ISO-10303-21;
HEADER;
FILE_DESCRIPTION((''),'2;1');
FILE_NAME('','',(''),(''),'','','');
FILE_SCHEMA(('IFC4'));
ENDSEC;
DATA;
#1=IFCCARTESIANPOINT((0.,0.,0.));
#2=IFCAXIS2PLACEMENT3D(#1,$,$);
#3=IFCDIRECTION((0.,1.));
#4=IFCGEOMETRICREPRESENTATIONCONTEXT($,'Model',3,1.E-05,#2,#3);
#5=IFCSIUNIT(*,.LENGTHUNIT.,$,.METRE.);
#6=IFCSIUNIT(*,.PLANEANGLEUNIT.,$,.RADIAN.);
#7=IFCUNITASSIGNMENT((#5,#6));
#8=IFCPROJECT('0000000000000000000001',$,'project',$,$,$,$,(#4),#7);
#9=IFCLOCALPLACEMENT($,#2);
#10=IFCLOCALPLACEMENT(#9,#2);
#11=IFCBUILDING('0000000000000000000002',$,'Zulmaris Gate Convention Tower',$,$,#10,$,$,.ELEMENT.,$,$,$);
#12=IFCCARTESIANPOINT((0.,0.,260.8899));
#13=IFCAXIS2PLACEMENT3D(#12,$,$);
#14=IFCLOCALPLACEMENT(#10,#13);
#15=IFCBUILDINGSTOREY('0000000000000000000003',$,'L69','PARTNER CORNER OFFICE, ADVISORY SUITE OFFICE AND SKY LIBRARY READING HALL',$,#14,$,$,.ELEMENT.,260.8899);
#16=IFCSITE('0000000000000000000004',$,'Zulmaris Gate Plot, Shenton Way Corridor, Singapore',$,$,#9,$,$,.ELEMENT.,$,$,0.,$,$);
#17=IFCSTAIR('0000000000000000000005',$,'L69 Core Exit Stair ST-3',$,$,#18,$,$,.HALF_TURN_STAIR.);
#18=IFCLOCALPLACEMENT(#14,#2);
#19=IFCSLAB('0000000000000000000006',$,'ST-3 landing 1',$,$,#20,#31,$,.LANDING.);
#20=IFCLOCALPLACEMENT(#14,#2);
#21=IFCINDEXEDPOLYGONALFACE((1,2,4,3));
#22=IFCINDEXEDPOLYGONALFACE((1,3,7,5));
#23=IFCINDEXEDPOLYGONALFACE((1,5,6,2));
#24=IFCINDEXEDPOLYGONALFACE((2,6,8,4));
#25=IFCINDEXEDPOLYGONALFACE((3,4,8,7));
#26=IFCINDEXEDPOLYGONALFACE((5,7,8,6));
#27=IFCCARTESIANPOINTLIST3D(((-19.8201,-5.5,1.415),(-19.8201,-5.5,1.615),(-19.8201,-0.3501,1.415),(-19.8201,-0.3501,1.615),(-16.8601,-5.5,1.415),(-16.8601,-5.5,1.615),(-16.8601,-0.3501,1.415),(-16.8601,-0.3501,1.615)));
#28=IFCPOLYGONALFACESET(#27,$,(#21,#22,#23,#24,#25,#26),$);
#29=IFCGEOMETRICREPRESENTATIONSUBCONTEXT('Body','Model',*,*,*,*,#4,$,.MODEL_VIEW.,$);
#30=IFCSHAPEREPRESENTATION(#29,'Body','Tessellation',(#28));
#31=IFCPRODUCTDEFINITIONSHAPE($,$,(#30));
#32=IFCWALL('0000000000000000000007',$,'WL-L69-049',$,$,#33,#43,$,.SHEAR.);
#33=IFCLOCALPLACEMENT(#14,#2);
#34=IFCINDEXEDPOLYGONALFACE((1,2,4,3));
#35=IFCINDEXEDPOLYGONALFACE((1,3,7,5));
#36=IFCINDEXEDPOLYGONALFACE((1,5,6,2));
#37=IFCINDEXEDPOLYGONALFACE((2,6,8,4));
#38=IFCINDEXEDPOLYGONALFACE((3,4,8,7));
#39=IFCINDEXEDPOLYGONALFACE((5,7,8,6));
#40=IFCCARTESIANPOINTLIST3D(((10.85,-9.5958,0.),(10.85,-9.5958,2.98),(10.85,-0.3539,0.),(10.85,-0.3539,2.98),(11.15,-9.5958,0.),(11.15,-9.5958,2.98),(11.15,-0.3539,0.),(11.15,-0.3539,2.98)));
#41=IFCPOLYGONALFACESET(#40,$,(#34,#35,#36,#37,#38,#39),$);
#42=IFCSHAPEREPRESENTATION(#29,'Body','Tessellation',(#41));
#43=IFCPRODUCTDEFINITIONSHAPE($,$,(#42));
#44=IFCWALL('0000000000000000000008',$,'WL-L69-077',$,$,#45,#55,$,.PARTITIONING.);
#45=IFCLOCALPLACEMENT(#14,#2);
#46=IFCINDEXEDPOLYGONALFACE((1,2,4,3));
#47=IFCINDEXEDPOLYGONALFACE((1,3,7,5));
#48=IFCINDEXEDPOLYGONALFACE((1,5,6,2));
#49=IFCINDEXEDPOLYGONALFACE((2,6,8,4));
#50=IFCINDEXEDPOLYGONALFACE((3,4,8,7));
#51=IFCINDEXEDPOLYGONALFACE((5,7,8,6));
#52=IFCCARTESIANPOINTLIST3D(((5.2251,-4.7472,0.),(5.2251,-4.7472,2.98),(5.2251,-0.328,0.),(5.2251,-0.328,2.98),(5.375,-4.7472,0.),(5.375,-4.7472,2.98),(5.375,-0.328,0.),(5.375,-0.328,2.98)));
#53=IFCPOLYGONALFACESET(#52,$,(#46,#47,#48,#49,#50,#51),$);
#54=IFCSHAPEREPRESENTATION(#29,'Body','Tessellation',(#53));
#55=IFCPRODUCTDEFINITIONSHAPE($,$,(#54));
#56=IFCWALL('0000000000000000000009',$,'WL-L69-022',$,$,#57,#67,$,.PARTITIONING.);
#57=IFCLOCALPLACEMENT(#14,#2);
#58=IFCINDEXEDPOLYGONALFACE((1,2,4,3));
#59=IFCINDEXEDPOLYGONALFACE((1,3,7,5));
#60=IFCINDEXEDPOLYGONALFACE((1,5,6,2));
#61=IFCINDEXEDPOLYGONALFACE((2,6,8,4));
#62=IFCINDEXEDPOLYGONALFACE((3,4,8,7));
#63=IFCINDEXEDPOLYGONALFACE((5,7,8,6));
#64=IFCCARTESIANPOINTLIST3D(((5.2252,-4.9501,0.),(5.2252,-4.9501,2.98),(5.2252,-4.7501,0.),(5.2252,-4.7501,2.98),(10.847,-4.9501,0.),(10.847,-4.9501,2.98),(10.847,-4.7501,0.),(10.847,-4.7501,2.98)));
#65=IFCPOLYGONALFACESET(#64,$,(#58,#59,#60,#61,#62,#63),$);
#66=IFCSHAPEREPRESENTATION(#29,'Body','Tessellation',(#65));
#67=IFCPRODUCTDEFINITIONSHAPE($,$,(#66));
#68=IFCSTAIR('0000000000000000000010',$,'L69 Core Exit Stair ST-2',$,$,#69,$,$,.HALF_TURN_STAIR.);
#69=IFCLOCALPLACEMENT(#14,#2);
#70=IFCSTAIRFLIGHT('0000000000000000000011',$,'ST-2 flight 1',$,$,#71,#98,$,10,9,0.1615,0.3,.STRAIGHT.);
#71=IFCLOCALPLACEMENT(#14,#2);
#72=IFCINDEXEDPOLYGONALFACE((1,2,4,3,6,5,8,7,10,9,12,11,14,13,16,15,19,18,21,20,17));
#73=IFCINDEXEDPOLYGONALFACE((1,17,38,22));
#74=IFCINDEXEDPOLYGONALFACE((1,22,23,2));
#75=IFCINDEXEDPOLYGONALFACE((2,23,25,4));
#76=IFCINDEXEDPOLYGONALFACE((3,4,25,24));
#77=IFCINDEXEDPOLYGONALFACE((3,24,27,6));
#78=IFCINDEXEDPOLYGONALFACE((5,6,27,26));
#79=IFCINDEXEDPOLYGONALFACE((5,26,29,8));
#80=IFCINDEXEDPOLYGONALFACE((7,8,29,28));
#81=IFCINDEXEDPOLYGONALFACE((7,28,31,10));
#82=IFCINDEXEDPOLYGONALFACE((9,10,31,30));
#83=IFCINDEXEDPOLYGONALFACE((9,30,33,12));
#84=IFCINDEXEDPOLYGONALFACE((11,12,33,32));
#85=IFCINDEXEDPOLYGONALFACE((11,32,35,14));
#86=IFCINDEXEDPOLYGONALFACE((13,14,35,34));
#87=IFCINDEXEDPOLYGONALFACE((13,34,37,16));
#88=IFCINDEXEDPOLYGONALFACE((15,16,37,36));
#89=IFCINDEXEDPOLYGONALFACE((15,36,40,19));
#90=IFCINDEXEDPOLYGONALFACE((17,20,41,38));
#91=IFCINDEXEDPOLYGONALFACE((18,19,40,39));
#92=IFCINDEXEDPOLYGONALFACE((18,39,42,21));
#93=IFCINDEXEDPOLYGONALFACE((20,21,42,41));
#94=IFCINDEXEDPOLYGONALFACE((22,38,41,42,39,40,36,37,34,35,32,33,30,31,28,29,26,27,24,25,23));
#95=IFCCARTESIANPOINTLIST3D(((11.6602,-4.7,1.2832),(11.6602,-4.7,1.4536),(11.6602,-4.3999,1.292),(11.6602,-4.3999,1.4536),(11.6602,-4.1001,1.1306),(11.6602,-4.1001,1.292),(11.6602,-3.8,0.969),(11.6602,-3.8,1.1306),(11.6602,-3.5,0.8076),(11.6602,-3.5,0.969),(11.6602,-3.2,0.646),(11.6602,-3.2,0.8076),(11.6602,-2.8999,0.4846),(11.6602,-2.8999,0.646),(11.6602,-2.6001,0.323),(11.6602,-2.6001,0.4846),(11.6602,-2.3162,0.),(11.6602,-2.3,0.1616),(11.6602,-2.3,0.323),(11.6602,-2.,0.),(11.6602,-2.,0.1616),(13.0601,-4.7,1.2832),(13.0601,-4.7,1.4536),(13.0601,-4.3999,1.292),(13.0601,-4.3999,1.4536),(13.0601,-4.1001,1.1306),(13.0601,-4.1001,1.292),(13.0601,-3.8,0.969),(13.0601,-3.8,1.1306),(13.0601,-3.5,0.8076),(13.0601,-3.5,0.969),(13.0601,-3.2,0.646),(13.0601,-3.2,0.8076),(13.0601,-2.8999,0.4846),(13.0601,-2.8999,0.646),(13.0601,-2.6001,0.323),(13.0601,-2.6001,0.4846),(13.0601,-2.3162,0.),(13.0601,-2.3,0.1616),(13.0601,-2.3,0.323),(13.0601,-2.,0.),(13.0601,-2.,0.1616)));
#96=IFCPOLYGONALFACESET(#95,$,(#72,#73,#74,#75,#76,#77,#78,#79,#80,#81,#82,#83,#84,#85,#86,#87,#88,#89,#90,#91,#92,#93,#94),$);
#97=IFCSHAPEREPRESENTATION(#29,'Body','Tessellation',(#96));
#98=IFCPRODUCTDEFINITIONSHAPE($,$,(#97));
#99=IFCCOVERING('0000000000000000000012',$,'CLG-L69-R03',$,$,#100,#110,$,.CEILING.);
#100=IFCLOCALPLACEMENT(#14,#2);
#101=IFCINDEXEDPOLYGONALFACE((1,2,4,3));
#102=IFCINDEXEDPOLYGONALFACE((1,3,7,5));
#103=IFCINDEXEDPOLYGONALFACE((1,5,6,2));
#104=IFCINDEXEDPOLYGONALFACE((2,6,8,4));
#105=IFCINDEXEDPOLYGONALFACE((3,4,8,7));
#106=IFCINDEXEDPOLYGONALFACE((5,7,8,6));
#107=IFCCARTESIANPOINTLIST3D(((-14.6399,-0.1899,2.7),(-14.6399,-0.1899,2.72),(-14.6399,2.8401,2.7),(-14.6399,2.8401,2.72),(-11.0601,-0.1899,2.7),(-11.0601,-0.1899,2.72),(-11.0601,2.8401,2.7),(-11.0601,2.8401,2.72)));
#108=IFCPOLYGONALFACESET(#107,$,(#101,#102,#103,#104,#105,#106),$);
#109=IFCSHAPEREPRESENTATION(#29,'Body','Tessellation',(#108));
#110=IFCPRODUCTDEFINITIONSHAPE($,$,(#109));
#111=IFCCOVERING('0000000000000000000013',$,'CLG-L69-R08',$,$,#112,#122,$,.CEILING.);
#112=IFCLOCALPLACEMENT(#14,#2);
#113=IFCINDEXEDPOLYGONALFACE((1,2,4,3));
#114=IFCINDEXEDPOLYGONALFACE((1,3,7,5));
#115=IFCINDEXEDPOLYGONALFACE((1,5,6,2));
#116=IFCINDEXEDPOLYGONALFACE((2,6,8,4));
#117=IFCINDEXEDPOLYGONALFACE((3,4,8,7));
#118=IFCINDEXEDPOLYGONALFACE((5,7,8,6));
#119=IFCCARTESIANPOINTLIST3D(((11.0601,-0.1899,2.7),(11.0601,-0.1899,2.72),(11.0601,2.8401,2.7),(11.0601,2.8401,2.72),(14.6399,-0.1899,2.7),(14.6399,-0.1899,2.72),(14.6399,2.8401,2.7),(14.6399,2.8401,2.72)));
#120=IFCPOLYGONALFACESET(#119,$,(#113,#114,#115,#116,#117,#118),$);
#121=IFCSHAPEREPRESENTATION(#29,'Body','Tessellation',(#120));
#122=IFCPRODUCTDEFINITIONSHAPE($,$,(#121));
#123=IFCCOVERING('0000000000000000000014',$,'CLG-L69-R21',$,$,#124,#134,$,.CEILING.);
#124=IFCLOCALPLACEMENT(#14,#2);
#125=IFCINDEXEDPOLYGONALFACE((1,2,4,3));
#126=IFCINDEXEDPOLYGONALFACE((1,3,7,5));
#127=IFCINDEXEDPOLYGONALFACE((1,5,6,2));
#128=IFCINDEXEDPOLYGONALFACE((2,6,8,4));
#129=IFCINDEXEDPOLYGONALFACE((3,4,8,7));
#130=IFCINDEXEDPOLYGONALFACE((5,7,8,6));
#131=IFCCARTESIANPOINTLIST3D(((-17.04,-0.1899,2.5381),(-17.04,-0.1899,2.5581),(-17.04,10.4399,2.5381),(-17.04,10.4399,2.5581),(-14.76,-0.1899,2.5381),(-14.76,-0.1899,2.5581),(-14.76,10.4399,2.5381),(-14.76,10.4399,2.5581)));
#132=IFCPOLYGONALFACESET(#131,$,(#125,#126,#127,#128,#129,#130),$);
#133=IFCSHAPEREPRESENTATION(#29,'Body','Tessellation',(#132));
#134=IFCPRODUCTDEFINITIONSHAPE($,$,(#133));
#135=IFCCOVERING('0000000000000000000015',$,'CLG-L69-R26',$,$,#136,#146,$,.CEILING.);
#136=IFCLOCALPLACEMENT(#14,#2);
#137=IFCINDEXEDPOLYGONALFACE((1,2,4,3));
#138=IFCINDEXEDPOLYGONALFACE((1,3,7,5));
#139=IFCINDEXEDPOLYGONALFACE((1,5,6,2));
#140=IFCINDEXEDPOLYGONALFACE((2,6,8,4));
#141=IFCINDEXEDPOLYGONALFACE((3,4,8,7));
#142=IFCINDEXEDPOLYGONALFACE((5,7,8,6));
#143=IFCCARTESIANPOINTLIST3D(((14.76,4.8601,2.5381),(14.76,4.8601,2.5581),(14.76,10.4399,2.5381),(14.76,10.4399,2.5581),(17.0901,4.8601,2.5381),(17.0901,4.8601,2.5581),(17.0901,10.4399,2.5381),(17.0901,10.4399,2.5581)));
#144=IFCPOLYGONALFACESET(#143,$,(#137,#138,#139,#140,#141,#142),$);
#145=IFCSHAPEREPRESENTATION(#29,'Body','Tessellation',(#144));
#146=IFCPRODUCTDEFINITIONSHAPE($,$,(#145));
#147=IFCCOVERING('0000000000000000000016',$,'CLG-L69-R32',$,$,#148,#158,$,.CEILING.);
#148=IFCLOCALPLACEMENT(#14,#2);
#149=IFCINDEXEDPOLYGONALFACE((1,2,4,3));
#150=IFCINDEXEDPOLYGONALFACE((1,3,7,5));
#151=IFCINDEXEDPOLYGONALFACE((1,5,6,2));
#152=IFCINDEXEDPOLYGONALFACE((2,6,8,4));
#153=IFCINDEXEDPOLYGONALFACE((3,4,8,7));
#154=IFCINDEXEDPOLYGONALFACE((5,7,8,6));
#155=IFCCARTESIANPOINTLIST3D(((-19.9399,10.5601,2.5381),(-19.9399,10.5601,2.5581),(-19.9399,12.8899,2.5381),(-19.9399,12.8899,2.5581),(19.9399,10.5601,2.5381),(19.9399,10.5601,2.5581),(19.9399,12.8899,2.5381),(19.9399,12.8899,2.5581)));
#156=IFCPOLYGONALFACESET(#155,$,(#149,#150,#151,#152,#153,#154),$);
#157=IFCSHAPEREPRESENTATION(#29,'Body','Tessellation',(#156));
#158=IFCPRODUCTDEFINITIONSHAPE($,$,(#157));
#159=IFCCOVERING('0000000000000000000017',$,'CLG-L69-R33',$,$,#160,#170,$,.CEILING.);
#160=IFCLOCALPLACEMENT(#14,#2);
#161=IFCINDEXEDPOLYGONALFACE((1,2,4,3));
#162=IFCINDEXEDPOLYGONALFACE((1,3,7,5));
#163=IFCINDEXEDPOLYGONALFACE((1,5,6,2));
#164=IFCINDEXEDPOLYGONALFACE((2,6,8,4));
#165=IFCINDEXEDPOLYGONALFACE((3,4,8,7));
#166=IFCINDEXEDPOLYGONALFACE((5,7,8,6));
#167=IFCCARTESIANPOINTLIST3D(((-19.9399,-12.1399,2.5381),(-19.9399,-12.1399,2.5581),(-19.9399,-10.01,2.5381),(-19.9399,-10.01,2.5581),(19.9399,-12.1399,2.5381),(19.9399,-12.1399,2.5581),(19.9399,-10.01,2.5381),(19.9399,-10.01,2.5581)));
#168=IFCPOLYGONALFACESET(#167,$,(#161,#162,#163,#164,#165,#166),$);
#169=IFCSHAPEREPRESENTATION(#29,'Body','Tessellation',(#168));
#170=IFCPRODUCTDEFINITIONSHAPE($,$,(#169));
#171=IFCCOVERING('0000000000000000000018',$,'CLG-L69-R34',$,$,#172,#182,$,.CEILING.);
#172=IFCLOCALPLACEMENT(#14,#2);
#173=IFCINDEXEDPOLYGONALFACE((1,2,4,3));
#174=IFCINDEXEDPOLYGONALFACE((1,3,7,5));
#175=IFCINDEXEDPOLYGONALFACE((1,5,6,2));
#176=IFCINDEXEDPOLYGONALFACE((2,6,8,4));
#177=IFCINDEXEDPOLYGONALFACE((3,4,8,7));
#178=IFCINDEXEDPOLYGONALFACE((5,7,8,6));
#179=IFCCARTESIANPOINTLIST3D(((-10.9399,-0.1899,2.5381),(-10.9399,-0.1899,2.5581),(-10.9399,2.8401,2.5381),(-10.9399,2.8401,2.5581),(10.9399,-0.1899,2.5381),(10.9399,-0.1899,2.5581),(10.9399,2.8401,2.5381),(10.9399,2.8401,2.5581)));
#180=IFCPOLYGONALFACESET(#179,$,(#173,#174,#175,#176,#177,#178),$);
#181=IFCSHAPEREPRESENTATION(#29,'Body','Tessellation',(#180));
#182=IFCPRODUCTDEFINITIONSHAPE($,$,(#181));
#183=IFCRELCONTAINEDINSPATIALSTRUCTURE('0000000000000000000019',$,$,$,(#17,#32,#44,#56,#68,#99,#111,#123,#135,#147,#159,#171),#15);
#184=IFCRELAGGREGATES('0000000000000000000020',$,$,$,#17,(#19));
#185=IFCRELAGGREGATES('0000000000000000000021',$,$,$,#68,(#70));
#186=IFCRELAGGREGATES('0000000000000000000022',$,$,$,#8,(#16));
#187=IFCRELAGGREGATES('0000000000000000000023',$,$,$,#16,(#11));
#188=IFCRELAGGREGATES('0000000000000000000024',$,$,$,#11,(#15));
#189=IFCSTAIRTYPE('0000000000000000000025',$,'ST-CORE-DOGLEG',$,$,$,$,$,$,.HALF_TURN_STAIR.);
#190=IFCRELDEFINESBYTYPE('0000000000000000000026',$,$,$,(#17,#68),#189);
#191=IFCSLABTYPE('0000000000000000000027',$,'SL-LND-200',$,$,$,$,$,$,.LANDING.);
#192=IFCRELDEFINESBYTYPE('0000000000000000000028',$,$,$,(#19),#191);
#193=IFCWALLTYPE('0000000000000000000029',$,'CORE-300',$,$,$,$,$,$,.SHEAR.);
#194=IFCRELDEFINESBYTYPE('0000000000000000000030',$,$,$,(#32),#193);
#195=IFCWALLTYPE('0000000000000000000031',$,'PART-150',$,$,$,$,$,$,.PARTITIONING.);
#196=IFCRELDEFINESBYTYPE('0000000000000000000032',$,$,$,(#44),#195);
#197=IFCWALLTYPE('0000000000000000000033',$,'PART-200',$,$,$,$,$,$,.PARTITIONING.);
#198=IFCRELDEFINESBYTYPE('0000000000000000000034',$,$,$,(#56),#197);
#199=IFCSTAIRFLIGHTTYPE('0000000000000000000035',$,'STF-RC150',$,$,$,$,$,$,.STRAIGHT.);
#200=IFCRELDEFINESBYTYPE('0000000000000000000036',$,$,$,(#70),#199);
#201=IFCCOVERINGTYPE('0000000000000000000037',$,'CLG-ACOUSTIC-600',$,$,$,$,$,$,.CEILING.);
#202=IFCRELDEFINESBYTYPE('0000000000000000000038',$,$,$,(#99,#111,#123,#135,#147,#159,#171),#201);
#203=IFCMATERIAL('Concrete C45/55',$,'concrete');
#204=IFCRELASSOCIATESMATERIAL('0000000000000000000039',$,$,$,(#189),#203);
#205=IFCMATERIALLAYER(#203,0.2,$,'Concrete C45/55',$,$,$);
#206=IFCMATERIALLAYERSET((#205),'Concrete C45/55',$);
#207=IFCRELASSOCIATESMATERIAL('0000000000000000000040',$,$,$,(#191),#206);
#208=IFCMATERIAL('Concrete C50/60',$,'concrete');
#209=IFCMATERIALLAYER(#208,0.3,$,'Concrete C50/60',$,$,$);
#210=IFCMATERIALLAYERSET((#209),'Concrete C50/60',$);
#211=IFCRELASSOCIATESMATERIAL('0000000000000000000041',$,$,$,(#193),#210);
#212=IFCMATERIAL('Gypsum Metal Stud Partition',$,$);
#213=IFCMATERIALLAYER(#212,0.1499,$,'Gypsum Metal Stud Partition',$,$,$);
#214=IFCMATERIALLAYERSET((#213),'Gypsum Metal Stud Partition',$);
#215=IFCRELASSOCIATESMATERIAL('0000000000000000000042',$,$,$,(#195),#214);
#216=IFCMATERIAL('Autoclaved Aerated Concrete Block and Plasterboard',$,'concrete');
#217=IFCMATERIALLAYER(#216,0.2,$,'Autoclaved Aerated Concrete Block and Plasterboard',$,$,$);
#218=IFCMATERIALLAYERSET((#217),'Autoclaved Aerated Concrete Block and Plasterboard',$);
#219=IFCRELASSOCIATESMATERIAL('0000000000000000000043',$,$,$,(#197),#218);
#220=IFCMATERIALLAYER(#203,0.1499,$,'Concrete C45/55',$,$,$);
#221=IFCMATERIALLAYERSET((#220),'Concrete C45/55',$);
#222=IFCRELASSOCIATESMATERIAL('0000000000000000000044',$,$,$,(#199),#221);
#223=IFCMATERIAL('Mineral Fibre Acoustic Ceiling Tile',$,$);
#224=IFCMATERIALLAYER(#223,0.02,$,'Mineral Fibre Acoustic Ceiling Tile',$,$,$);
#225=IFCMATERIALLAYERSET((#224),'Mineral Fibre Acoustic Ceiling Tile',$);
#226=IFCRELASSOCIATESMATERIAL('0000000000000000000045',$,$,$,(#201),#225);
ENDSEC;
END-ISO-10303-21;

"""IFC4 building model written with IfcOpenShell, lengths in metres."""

from ifc_helpers import new_model, si_unit, direction, frame, frame_2d, origin, place, context, subcontext, project, spatial, polyline, rectangle, outline, extrude, material, layer, layer_set, type_object, element, aggregate, save


model = new_model("IFC4")

# Units and contexts
model_context = context("Model", 3, precision=1e-05, world=origin(), true_north=direction((0.0, 1.0)))
body_context = subcontext(model_context, "Body", "Model", "MODEL_VIEW")
ifc_project = project(units=[si_unit("LENGTHUNIT", "METRE"), si_unit("PLANEANGLEUNIT", "RADIAN")], contexts=[model_context])

# Site, building, storey
site_placement = place(None, origin())
site = spatial("IfcSite", under=ifc_project, at=site_placement, Name="Zulmaris Gate Plot, Shenton Way Corridor, Singapore", CompositionType="ELEMENT", RefElevation=0.0)
building_placement = place(site_placement, origin())
building = spatial("IfcBuilding", under=site, at=building_placement, Name="Zulmaris Gate Convention Tower", CompositionType="ELEMENT")
storey_placement = place(building_placement, frame((0.0, 0.0, 260.8899)))
storey = spatial("IfcBuildingStorey", under=building, at=storey_placement, Name="L69", Description="PARTNER CORNER OFFICE, ADVISORY SUITE OFFICE AND SKY LIBRARY READING HALL", CompositionType="ELEMENT", Elevation=260.8899)

# Stair, slab
ifc_material_1 = material(Name="Concrete C45/55", Category="concrete")
stair_type = type_object("IfcStairType", Name="ST-CORE-DOGLEG", PredefinedType="HALF_TURN_STAIR", material=ifc_material_1)
stair_1_placement = place(storey_placement, origin())
stair_1 = element("IfcStair", 1, at=stair_1_placement, inside=storey, type_object=stair_type, Name="L69 Core Exit Stair ST-3", PredefinedType="HALF_TURN_STAIR")
ifc_layer_1 = layer(ifc_material_1, 0.2, Name="Concrete C45/55")
ifc_layer_set_1 = layer_set([ifc_layer_1], Name="Concrete C45/55")
slab_type = type_object("IfcSlabType", Name="SL-LND-200", PredefinedType="LANDING", material=ifc_layer_set_1)
slab_placement = place(storey_placement, frame((0.0, 0.0, 1.415)))
slab = element("IfcSlab", 2, at=slab_placement, type_object=slab_type, Name="ST-3 landing 1", PredefinedType="LANDING", context=body_context, shape_type="SweptSolid", body=[
    extrude(outline(polyline([(-16.8601, -5.5), (-16.8601, -0.3501), (-19.8201, -0.3501), (-19.8201, -5.5), (-16.8601, -5.5)])), origin(), (0.0, 0.0, 1.0), 0.2),
])
aggregate(stair_1, [slab])

# Shared definitions
ifc_material_2 = material(Name="Concrete C50/60", Category="concrete")
ifc_layer_2 = layer(ifc_material_2, 0.3, Name="Concrete C50/60")
ifc_layer_set_2 = layer_set([ifc_layer_2], Name="Concrete C50/60")
wall_type_1 = type_object("IfcWallType", Name="CORE-300", PredefinedType="SHEAR", material=ifc_layer_set_2)

# Walls
wall_1_placement = place(storey_placement, frame((11.0, -9.5959, 0.0), z_axis=(0.0, 0.0, 1.0), x_axis=(0.0, 1.0, 0.0)))
element("IfcWall", 3, at=wall_1_placement, inside=storey, type_object=wall_type_1, Name="WL-L69-049", PredefinedType="SHEAR", context=body_context, shape_type="SweptSolid", body=[
    extrude(rectangle(XDim=9.2419, YDim=0.3, at=frame_2d((4.6211, 0.0))), origin(), (0.0, 0.0, 1.0), 2.98),
])
ifc_material_3 = material(Name="Gypsum Metal Stud Partition")
ifc_layer_3 = layer(ifc_material_3, 0.1499, Name="Gypsum Metal Stud Partition")
ifc_layer_set_3 = layer_set([ifc_layer_3], Name="Gypsum Metal Stud Partition")
wall_type_2 = type_object("IfcWallType", Name="PART-150", PredefinedType="PARTITIONING", material=ifc_layer_set_3)
wall_2_placement = place(storey_placement, frame((5.3, -4.7471, 0.0), z_axis=(0.0, 0.0, 1.0), x_axis=(0.0, 1.0, 0.0)))
element("IfcWall", 4, at=wall_2_placement, inside=storey, type_object=wall_type_2, Name="WL-L69-077", PredefinedType="PARTITIONING", context=body_context, shape_type="SweptSolid", body=[
    extrude(rectangle(XDim=4.4192, YDim=0.1499, at=frame_2d((2.2095, 0.0))), origin(), (0.0, 0.0, 1.0), 2.98),
])
ifc_material_4 = material(Name="Autoclaved Aerated Concrete Block and Plasterboard", Category="concrete")
ifc_layer_4 = layer(ifc_material_4, 0.2, Name="Autoclaved Aerated Concrete Block and Plasterboard")
ifc_layer_set_4 = layer_set([ifc_layer_4], Name="Autoclaved Aerated Concrete Block and Plasterboard")
wall_type_3 = type_object("IfcWallType", Name="PART-200", PredefinedType="PARTITIONING", material=ifc_layer_set_4)
wall_3_placement = place(storey_placement, frame((5.2251, -4.8501, 0.0), z_axis=(0.0, 0.0, 1.0), x_axis=(1.0, 0.0, 0.0)))
element("IfcWall", 5, at=wall_3_placement, inside=storey, type_object=wall_type_3, Name="WL-L69-022", PredefinedType="PARTITIONING", context=body_context, shape_type="SweptSolid", body=[
    extrude(rectangle(XDim=5.6218, YDim=0.2, at=frame_2d((2.811, 0.0))), origin(), (0.0, 0.0, 1.0), 2.98),
])

# Stair, stair flight
stair_2_placement = place(storey_placement, origin())
stair_2 = element("IfcStair", 6, at=stair_2_placement, inside=storey, type_object=stair_type, Name="L69 Core Exit Stair ST-2", PredefinedType="HALF_TURN_STAIR")
ifc_layer_5 = layer(ifc_material_1, 0.1499, Name="Concrete C45/55")
ifc_layer_set_5 = layer_set([ifc_layer_5], Name="Concrete C45/55")
stair_flight_type = type_object("IfcStairFlightType", Name="STF-RC150", PredefinedType="STRAIGHT", material=ifc_layer_set_5)
stair_flight_placement = place(storey_placement, frame((12.3601, -2.0, 0.0), z_axis=(0.0, 0.0, 1.0), x_axis=(0.0, -1.0, 0.0)))
stair_flight = element("IfcStairFlight", 7, at=stair_flight_placement, type_object=stair_flight_type, Name="ST-2 flight 1", NumberOfRisers=10, NumberOfTreads=9, PredefinedType="STRAIGHT", RiserHeight=0.1615, TreadLength=0.3, context=body_context, shape_type="SweptSolid", body=[
    extrude(outline(polyline([(0.0, 0.0), (0.0, 0.1616), (0.3, 0.1616), (0.3, 0.323), (0.6001, 0.323), (0.6001, 0.4846), (0.8999, 0.4846), (0.8999, 0.646), (1.2, 0.646), (1.2, 0.8076), (1.5, 0.8076), (1.5, 0.969), (1.8, 0.969), (1.8, 1.1306), (2.1001, 1.1306), (2.1001, 1.292), (2.3999, 1.292), (2.3999, 1.4536), (2.7, 1.4536), (2.7, 1.615), (2.7, 1.2832), (0.3162, 0.0), (0.0, 0.0)])), frame((0.0, 0.7, 0.0), z_axis=(0.0, -1.0, 0.0), x_axis=(1.0, 0.0, 0.0)), (0.0, 0.0, 1.0), 1.3999),
])
aggregate(stair_2, [stair_flight])

# Coverings
ifc_material_5 = material(Name="Mineral Fibre Acoustic Ceiling Tile")
ifc_layer_6 = layer(ifc_material_5, 0.02, Name="Mineral Fibre Acoustic Ceiling Tile")
ifc_layer_set_6 = layer_set([ifc_layer_6], Name="Mineral Fibre Acoustic Ceiling Tile")
covering_type_1 = type_object("IfcCoveringType", Name="CLG-ACOUSTIC-600", PredefinedType="CEILING", material=ifc_layer_set_6)
covering_1_placement = place(storey_placement, frame((0.0, 0.0, 2.7)))
element("IfcCovering", 8, at=covering_1_placement, inside=storey, type_object=covering_type_1, Name="CLG-L69-R03", PredefinedType="CEILING", context=body_context, shape_type="SweptSolid", body=[
    extrude(outline(polyline([(-14.6399, -0.1899), (-11.0601, -0.1899), (-11.0601, 2.8401), (-14.6399, 2.8401), (-14.6399, -0.1899)])), origin(), (0.0, 0.0, 1.0), 0.02),
])
covering_2_placement = place(storey_placement, frame((0.0, 0.0, 2.7)))
element("IfcCovering", 9, at=covering_2_placement, inside=storey, type_object=covering_type_1, Name="CLG-L69-R08", PredefinedType="CEILING", context=body_context, shape_type="SweptSolid", body=[
    extrude(outline(polyline([(11.0601, -0.1899), (14.6399, -0.1899), (14.6399, 2.8401), (11.0601, 2.8401), (11.0601, -0.1899)])), origin(), (0.0, 0.0, 1.0), 0.02),
])
covering_3_placement = place(storey_placement, frame((0.0, 0.0, 2.5381)))
element("IfcCovering", 10, at=covering_3_placement, inside=storey, type_object=covering_type_1, Name="CLG-L69-R21", PredefinedType="CEILING", context=body_context, shape_type="SweptSolid", body=[
    extrude(outline(polyline([(-17.04, -0.1899), (-14.76, -0.1899), (-14.76, 10.4399), (-17.04, 10.4399), (-17.04, -0.1899)])), origin(), (0.0, 0.0, 1.0), 0.02),
])
covering_4_placement = place(storey_placement, frame((0.0, 0.0, 2.5381)))
element("IfcCovering", 11, at=covering_4_placement, inside=storey, type_object=covering_type_1, Name="CLG-L69-R26", PredefinedType="CEILING", context=body_context, shape_type="SweptSolid", body=[
    extrude(outline(polyline([(14.76, 4.8601), (17.0901, 4.8601), (17.0901, 10.4399), (14.76, 10.4399), (14.76, 4.8601)])), origin(), (0.0, 0.0, 1.0), 0.02),
])
covering_5_placement = place(storey_placement, frame((0.0, 0.0, 2.5381)))
element("IfcCovering", 12, at=covering_5_placement, inside=storey, type_object=covering_type_1, Name="CLG-L69-R32", PredefinedType="CEILING", context=body_context, shape_type="SweptSolid", body=[
    extrude(outline(polyline([(-19.9399, 10.5601), (19.9399, 10.5601), (19.9399, 12.8899), (-19.9399, 12.8899), (-19.9399, 10.5601)])), origin(), (0.0, 0.0, 1.0), 0.02),
])
covering_6_placement = place(storey_placement, frame((0.0, 0.0, 2.5381)))
element("IfcCovering", 13, at=covering_6_placement, inside=storey, type_object=covering_type_1, Name="CLG-L69-R33", PredefinedType="CEILING", context=body_context, shape_type="SweptSolid", body=[
    extrude(outline(polyline([(-19.9399, -12.1399), (19.9399, -12.1399), (19.9399, -10.01), (-19.9399, -10.01), (-19.9399, -12.1399)])), origin(), (0.0, 0.0, 1.0), 0.02),
])
covering_7_placement = place(storey_placement, frame((0.0, 0.0, 2.5381)))
element("IfcCovering", 14, at=covering_7_placement, inside=storey, type_object=covering_type_1, Name="CLG-L69-R34", PredefinedType="CEILING", context=body_context, shape_type="SweptSolid", body=[
    extrude(outline(polyline([(-10.9399, -0.1899), (10.9399, -0.1899), (10.9399, 2.8401), (-10.9399, 2.8401), (-10.9399, -0.1899)])), origin(), (0.0, 0.0, 1.0), 0.02),
])

save(model, "model.ifc")
